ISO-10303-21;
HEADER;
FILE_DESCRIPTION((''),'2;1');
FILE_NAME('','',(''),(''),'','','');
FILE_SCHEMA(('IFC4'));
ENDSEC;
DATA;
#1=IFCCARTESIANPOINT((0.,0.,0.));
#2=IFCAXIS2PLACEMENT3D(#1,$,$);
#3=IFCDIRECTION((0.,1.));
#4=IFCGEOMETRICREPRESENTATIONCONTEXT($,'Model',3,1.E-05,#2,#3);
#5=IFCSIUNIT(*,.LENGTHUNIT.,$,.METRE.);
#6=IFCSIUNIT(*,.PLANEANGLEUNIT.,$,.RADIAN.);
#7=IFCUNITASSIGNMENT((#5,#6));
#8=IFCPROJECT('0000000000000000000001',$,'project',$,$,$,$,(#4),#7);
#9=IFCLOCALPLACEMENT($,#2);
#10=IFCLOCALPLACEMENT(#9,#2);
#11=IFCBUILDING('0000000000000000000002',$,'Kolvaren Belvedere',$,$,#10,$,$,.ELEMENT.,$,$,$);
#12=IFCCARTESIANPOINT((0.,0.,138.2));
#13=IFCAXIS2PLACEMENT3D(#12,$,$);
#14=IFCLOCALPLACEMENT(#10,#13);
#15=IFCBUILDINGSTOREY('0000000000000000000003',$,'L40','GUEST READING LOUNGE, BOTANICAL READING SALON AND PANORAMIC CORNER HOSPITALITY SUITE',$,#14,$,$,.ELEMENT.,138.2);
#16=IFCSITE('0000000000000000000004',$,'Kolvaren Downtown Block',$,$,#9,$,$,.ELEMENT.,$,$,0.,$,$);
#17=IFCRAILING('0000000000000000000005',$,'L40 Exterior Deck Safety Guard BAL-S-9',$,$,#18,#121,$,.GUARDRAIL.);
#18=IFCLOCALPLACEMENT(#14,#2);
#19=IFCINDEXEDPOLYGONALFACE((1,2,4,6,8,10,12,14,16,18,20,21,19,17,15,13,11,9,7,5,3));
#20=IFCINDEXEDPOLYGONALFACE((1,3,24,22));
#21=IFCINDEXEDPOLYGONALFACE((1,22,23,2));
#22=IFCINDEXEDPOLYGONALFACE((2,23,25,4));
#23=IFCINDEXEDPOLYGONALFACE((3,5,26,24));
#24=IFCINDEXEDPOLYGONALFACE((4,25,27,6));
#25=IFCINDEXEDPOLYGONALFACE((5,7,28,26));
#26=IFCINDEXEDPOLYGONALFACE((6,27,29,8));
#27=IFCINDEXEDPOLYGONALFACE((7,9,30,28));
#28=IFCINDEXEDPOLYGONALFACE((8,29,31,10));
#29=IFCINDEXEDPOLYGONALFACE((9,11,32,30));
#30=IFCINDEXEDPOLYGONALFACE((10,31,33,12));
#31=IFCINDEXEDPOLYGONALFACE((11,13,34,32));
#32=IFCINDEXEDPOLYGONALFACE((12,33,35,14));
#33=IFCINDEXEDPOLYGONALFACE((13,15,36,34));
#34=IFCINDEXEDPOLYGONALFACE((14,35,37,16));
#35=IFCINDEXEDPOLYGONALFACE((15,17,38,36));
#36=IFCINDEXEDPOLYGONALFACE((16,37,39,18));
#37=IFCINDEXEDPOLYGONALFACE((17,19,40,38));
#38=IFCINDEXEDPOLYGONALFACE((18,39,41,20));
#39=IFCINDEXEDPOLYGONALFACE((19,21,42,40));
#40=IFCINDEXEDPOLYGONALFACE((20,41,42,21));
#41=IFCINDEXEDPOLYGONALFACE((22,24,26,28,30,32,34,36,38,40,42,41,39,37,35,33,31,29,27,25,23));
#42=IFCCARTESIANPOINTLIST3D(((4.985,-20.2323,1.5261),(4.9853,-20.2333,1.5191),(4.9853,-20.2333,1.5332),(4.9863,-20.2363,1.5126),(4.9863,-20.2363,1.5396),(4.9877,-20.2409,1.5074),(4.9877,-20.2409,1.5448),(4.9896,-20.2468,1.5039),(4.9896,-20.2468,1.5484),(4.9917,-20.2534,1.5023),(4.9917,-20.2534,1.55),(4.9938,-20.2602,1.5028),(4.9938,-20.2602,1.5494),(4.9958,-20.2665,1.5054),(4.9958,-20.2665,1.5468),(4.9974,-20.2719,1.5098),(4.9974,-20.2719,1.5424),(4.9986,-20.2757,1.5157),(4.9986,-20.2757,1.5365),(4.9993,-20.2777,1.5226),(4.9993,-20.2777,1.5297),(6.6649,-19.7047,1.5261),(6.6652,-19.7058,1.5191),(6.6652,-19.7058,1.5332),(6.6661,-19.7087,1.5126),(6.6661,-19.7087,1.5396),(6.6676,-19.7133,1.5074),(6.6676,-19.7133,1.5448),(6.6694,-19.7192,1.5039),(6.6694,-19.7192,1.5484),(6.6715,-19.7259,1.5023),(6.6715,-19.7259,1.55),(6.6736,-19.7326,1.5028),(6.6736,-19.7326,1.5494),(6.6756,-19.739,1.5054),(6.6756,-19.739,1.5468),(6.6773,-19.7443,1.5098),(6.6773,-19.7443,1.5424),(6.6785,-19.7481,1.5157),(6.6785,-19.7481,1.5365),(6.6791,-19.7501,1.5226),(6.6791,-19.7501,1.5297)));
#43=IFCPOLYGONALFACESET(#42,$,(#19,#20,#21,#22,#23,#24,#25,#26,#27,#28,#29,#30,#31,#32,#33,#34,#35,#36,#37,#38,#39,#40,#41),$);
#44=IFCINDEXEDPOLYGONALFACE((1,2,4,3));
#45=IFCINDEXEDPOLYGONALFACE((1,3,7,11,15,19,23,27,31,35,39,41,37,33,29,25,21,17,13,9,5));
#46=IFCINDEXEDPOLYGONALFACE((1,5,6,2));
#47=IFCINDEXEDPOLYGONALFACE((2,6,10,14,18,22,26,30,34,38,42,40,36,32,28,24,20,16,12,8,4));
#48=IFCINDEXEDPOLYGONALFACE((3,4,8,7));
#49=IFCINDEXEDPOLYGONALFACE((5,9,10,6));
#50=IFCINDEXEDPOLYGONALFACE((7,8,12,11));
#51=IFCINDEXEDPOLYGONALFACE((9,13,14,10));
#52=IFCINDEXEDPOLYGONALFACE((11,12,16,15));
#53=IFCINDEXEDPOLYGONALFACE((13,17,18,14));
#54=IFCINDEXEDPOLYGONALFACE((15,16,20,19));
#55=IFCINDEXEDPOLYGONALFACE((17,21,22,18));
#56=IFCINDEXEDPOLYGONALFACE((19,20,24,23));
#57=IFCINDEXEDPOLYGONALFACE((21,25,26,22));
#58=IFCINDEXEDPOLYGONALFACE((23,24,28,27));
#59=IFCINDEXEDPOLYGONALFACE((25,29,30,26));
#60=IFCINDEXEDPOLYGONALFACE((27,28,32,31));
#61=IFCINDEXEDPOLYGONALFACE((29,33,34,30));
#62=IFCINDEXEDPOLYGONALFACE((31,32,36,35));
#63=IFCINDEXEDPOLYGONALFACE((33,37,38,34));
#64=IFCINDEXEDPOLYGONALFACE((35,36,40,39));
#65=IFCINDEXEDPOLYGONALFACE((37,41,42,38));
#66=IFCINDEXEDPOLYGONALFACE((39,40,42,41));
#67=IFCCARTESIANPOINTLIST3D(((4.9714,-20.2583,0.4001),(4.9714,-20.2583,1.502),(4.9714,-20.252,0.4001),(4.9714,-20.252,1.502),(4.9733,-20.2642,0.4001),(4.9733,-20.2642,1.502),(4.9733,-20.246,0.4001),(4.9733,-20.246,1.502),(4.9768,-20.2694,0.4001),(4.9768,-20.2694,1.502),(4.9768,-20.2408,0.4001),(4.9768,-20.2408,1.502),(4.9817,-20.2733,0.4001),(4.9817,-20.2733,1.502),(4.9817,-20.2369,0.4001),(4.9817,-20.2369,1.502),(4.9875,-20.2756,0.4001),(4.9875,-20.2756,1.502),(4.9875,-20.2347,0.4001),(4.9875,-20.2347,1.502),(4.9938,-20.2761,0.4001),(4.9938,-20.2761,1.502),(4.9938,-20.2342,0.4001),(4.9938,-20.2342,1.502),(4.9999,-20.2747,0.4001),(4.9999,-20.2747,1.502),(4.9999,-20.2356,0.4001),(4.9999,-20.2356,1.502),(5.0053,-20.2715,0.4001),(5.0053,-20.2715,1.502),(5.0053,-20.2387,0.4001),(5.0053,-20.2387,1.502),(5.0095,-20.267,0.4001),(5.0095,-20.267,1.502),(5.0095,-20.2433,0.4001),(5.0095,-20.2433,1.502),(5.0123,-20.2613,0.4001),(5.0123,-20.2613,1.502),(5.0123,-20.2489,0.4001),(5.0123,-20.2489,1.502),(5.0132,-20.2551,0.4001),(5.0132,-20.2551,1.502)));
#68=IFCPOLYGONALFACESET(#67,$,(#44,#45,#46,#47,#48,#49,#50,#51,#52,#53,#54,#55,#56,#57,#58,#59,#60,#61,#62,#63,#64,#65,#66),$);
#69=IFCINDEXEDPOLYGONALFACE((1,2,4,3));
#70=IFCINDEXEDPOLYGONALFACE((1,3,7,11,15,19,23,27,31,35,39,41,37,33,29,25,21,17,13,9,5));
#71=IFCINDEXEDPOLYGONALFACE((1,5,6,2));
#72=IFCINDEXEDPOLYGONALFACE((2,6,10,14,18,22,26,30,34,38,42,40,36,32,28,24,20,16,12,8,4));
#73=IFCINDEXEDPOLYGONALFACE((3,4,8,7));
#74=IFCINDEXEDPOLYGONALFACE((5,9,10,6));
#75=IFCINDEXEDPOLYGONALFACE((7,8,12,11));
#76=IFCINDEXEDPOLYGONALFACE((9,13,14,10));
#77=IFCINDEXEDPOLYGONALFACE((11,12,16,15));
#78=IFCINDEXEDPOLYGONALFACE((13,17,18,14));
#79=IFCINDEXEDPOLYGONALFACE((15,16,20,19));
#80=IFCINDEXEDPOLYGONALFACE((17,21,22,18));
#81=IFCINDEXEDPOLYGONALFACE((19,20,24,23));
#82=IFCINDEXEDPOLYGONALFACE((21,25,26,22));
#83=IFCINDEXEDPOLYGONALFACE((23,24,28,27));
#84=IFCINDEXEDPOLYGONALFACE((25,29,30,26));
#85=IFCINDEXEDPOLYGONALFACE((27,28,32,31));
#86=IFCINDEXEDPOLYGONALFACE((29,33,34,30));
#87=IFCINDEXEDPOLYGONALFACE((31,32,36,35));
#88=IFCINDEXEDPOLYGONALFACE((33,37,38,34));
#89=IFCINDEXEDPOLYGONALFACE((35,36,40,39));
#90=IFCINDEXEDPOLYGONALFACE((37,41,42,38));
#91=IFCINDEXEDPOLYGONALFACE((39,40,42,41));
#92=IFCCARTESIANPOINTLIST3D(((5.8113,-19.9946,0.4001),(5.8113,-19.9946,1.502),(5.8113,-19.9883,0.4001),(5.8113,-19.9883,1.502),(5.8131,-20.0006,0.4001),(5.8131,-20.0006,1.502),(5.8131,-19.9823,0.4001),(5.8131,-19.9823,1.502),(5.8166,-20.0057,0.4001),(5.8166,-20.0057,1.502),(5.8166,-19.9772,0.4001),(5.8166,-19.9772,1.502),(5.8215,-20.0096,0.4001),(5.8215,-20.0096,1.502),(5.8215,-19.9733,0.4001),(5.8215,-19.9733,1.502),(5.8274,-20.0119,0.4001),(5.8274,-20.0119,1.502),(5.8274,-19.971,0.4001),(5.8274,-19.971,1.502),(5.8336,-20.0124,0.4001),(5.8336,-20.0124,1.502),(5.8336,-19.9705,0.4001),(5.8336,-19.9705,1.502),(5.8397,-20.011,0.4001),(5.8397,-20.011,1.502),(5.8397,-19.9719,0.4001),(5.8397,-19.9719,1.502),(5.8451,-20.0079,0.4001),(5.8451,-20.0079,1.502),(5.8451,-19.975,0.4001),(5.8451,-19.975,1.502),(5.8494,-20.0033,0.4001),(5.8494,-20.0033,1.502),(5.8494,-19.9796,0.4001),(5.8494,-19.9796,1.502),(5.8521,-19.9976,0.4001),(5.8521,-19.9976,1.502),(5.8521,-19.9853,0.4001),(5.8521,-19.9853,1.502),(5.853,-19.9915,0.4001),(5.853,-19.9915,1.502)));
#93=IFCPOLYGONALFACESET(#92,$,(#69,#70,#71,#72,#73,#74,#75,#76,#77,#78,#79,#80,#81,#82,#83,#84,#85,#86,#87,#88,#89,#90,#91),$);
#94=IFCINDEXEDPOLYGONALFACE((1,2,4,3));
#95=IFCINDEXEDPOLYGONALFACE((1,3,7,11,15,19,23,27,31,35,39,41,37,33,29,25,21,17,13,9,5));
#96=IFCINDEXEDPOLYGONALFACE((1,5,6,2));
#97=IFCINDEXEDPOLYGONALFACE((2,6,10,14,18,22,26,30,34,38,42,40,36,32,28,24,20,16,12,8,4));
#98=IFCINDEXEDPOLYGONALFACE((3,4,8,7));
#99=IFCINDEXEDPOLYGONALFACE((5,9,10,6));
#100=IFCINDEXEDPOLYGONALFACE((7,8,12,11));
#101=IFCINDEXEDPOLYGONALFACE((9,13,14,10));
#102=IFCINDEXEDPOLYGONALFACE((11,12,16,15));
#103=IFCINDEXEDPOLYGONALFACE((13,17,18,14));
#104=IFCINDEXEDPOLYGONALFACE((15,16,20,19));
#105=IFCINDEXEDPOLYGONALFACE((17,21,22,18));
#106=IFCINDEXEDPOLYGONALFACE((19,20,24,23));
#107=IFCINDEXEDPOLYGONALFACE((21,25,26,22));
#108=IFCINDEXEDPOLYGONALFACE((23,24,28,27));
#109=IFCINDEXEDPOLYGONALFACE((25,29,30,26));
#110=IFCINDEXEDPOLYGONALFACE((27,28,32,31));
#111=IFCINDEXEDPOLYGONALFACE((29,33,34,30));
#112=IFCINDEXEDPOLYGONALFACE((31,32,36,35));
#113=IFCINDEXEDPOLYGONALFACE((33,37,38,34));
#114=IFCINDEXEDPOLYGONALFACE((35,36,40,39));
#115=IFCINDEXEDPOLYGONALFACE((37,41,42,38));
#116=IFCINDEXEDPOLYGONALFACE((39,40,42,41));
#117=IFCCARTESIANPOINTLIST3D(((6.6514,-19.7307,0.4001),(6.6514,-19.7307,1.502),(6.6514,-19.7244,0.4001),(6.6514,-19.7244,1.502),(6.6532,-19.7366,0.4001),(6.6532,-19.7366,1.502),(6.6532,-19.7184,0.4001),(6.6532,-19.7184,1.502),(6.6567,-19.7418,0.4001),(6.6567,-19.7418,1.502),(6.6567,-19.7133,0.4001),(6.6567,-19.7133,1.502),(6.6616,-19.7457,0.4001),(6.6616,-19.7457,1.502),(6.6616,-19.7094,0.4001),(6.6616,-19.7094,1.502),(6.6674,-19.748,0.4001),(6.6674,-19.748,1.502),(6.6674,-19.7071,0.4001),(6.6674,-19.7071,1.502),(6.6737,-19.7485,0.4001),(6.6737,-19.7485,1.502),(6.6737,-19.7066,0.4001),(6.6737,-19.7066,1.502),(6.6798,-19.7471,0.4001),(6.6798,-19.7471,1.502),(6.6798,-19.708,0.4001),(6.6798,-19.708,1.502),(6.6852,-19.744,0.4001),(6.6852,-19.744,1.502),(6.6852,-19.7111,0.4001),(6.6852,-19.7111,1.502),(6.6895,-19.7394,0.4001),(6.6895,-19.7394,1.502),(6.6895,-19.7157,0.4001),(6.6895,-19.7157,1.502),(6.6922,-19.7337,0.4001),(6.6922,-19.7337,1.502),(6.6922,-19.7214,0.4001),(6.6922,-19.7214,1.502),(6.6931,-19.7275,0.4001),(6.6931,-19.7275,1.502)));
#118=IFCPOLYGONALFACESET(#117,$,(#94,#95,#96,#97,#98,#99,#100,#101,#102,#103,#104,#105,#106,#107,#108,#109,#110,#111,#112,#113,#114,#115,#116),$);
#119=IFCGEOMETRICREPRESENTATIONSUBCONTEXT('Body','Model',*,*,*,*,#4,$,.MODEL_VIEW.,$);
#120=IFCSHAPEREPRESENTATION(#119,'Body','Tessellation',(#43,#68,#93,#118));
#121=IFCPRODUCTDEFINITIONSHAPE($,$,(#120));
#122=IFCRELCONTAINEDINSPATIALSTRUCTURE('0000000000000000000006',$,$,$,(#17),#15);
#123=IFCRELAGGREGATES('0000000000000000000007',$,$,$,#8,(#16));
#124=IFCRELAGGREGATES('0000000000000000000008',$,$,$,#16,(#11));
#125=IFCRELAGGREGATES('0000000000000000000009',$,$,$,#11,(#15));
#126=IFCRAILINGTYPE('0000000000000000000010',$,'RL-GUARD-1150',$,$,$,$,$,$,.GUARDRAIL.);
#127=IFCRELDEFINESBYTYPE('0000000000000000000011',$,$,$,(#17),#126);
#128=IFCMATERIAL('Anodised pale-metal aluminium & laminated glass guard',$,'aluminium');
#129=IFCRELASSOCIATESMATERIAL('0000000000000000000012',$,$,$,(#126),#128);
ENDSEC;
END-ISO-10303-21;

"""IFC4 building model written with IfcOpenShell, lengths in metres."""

from ifc_helpers import new_model, si_unit, direction, frame, origin, origin_2d, place, context, subcontext, project, spatial, circle, extrude, material, type_object, element, save


model = new_model("IFC4")

# Units and contexts
model_context = context("Model", 3, precision=1e-05, world=origin(), true_north=direction((0.0, 1.0)))
body_context = subcontext(model_context, "Body", "Model", "MODEL_VIEW")
ifc_project = project(units=[si_unit("LENGTHUNIT", "METRE"), si_unit("PLANEANGLEUNIT", "RADIAN")], contexts=[model_context])

# Site, building, storey
site_placement = place(None, origin())
site = spatial("IfcSite", under=ifc_project, at=site_placement, Name="Kolvaren Downtown Block", CompositionType="ELEMENT", RefElevation=0.0)
building_placement = place(site_placement, origin())
building = spatial("IfcBuilding", under=site, at=building_placement, Name="Kolvaren Belvedere", CompositionType="ELEMENT")
storey_placement = place(building_placement, frame((0.0, 0.0, 138.2)))
storey = spatial("IfcBuildingStorey", under=building, at=storey_placement, Name="L40", Description="GUEST READING LOUNGE, BOTANICAL READING SALON AND PANORAMIC CORNER HOSPITALITY SUITE", CompositionType="ELEMENT", Elevation=138.2)

# Railing
ifc_material_1 = material(Name="Anodised pale-metal aluminium & laminated glass guard", Category="aluminium")
railing_type = type_object("IfcRailingType", Name="RL-GUARD-1150", PredefinedType="GUARDRAIL", material=ifc_material_1)
railing_1_placement = place(storey_placement, frame((4.9922, -20.2551, 0.4001)))
element("IfcRailing", 1, at=railing_1_placement, inside=storey, type_object=railing_type, Name="L40 Exterior Deck Safety Guard BAL-S-9", PredefinedType="GUARDRAIL", context=body_context, shape_type="SweptSolid", body=[
    extrude(circle(Radius=0.0239, at=origin_2d()), frame((0.0, 0.0, 1.126), z_axis=(0.954057, 0.299625, 0.0), x_axis=(-0.299625, 0.954057, 0.0)), (0.0, 0.0, 1.0), 1.7607),
    extrude(circle(Radius=0.021, at=origin_2d()), origin(), (0.0, 0.0, 1.0), 1.1018),
    extrude(circle(Radius=0.021, at=origin_2d()), frame((0.8398, 0.2637, 0.0)), (0.0, 0.0, 1.0), 1.1018),
    extrude(circle(Radius=0.021, at=origin_2d()), frame((1.6799, 0.5276, 0.0)), (0.0, 0.0, 1.0), 1.1018),
])

save(model, "model.ifc")
